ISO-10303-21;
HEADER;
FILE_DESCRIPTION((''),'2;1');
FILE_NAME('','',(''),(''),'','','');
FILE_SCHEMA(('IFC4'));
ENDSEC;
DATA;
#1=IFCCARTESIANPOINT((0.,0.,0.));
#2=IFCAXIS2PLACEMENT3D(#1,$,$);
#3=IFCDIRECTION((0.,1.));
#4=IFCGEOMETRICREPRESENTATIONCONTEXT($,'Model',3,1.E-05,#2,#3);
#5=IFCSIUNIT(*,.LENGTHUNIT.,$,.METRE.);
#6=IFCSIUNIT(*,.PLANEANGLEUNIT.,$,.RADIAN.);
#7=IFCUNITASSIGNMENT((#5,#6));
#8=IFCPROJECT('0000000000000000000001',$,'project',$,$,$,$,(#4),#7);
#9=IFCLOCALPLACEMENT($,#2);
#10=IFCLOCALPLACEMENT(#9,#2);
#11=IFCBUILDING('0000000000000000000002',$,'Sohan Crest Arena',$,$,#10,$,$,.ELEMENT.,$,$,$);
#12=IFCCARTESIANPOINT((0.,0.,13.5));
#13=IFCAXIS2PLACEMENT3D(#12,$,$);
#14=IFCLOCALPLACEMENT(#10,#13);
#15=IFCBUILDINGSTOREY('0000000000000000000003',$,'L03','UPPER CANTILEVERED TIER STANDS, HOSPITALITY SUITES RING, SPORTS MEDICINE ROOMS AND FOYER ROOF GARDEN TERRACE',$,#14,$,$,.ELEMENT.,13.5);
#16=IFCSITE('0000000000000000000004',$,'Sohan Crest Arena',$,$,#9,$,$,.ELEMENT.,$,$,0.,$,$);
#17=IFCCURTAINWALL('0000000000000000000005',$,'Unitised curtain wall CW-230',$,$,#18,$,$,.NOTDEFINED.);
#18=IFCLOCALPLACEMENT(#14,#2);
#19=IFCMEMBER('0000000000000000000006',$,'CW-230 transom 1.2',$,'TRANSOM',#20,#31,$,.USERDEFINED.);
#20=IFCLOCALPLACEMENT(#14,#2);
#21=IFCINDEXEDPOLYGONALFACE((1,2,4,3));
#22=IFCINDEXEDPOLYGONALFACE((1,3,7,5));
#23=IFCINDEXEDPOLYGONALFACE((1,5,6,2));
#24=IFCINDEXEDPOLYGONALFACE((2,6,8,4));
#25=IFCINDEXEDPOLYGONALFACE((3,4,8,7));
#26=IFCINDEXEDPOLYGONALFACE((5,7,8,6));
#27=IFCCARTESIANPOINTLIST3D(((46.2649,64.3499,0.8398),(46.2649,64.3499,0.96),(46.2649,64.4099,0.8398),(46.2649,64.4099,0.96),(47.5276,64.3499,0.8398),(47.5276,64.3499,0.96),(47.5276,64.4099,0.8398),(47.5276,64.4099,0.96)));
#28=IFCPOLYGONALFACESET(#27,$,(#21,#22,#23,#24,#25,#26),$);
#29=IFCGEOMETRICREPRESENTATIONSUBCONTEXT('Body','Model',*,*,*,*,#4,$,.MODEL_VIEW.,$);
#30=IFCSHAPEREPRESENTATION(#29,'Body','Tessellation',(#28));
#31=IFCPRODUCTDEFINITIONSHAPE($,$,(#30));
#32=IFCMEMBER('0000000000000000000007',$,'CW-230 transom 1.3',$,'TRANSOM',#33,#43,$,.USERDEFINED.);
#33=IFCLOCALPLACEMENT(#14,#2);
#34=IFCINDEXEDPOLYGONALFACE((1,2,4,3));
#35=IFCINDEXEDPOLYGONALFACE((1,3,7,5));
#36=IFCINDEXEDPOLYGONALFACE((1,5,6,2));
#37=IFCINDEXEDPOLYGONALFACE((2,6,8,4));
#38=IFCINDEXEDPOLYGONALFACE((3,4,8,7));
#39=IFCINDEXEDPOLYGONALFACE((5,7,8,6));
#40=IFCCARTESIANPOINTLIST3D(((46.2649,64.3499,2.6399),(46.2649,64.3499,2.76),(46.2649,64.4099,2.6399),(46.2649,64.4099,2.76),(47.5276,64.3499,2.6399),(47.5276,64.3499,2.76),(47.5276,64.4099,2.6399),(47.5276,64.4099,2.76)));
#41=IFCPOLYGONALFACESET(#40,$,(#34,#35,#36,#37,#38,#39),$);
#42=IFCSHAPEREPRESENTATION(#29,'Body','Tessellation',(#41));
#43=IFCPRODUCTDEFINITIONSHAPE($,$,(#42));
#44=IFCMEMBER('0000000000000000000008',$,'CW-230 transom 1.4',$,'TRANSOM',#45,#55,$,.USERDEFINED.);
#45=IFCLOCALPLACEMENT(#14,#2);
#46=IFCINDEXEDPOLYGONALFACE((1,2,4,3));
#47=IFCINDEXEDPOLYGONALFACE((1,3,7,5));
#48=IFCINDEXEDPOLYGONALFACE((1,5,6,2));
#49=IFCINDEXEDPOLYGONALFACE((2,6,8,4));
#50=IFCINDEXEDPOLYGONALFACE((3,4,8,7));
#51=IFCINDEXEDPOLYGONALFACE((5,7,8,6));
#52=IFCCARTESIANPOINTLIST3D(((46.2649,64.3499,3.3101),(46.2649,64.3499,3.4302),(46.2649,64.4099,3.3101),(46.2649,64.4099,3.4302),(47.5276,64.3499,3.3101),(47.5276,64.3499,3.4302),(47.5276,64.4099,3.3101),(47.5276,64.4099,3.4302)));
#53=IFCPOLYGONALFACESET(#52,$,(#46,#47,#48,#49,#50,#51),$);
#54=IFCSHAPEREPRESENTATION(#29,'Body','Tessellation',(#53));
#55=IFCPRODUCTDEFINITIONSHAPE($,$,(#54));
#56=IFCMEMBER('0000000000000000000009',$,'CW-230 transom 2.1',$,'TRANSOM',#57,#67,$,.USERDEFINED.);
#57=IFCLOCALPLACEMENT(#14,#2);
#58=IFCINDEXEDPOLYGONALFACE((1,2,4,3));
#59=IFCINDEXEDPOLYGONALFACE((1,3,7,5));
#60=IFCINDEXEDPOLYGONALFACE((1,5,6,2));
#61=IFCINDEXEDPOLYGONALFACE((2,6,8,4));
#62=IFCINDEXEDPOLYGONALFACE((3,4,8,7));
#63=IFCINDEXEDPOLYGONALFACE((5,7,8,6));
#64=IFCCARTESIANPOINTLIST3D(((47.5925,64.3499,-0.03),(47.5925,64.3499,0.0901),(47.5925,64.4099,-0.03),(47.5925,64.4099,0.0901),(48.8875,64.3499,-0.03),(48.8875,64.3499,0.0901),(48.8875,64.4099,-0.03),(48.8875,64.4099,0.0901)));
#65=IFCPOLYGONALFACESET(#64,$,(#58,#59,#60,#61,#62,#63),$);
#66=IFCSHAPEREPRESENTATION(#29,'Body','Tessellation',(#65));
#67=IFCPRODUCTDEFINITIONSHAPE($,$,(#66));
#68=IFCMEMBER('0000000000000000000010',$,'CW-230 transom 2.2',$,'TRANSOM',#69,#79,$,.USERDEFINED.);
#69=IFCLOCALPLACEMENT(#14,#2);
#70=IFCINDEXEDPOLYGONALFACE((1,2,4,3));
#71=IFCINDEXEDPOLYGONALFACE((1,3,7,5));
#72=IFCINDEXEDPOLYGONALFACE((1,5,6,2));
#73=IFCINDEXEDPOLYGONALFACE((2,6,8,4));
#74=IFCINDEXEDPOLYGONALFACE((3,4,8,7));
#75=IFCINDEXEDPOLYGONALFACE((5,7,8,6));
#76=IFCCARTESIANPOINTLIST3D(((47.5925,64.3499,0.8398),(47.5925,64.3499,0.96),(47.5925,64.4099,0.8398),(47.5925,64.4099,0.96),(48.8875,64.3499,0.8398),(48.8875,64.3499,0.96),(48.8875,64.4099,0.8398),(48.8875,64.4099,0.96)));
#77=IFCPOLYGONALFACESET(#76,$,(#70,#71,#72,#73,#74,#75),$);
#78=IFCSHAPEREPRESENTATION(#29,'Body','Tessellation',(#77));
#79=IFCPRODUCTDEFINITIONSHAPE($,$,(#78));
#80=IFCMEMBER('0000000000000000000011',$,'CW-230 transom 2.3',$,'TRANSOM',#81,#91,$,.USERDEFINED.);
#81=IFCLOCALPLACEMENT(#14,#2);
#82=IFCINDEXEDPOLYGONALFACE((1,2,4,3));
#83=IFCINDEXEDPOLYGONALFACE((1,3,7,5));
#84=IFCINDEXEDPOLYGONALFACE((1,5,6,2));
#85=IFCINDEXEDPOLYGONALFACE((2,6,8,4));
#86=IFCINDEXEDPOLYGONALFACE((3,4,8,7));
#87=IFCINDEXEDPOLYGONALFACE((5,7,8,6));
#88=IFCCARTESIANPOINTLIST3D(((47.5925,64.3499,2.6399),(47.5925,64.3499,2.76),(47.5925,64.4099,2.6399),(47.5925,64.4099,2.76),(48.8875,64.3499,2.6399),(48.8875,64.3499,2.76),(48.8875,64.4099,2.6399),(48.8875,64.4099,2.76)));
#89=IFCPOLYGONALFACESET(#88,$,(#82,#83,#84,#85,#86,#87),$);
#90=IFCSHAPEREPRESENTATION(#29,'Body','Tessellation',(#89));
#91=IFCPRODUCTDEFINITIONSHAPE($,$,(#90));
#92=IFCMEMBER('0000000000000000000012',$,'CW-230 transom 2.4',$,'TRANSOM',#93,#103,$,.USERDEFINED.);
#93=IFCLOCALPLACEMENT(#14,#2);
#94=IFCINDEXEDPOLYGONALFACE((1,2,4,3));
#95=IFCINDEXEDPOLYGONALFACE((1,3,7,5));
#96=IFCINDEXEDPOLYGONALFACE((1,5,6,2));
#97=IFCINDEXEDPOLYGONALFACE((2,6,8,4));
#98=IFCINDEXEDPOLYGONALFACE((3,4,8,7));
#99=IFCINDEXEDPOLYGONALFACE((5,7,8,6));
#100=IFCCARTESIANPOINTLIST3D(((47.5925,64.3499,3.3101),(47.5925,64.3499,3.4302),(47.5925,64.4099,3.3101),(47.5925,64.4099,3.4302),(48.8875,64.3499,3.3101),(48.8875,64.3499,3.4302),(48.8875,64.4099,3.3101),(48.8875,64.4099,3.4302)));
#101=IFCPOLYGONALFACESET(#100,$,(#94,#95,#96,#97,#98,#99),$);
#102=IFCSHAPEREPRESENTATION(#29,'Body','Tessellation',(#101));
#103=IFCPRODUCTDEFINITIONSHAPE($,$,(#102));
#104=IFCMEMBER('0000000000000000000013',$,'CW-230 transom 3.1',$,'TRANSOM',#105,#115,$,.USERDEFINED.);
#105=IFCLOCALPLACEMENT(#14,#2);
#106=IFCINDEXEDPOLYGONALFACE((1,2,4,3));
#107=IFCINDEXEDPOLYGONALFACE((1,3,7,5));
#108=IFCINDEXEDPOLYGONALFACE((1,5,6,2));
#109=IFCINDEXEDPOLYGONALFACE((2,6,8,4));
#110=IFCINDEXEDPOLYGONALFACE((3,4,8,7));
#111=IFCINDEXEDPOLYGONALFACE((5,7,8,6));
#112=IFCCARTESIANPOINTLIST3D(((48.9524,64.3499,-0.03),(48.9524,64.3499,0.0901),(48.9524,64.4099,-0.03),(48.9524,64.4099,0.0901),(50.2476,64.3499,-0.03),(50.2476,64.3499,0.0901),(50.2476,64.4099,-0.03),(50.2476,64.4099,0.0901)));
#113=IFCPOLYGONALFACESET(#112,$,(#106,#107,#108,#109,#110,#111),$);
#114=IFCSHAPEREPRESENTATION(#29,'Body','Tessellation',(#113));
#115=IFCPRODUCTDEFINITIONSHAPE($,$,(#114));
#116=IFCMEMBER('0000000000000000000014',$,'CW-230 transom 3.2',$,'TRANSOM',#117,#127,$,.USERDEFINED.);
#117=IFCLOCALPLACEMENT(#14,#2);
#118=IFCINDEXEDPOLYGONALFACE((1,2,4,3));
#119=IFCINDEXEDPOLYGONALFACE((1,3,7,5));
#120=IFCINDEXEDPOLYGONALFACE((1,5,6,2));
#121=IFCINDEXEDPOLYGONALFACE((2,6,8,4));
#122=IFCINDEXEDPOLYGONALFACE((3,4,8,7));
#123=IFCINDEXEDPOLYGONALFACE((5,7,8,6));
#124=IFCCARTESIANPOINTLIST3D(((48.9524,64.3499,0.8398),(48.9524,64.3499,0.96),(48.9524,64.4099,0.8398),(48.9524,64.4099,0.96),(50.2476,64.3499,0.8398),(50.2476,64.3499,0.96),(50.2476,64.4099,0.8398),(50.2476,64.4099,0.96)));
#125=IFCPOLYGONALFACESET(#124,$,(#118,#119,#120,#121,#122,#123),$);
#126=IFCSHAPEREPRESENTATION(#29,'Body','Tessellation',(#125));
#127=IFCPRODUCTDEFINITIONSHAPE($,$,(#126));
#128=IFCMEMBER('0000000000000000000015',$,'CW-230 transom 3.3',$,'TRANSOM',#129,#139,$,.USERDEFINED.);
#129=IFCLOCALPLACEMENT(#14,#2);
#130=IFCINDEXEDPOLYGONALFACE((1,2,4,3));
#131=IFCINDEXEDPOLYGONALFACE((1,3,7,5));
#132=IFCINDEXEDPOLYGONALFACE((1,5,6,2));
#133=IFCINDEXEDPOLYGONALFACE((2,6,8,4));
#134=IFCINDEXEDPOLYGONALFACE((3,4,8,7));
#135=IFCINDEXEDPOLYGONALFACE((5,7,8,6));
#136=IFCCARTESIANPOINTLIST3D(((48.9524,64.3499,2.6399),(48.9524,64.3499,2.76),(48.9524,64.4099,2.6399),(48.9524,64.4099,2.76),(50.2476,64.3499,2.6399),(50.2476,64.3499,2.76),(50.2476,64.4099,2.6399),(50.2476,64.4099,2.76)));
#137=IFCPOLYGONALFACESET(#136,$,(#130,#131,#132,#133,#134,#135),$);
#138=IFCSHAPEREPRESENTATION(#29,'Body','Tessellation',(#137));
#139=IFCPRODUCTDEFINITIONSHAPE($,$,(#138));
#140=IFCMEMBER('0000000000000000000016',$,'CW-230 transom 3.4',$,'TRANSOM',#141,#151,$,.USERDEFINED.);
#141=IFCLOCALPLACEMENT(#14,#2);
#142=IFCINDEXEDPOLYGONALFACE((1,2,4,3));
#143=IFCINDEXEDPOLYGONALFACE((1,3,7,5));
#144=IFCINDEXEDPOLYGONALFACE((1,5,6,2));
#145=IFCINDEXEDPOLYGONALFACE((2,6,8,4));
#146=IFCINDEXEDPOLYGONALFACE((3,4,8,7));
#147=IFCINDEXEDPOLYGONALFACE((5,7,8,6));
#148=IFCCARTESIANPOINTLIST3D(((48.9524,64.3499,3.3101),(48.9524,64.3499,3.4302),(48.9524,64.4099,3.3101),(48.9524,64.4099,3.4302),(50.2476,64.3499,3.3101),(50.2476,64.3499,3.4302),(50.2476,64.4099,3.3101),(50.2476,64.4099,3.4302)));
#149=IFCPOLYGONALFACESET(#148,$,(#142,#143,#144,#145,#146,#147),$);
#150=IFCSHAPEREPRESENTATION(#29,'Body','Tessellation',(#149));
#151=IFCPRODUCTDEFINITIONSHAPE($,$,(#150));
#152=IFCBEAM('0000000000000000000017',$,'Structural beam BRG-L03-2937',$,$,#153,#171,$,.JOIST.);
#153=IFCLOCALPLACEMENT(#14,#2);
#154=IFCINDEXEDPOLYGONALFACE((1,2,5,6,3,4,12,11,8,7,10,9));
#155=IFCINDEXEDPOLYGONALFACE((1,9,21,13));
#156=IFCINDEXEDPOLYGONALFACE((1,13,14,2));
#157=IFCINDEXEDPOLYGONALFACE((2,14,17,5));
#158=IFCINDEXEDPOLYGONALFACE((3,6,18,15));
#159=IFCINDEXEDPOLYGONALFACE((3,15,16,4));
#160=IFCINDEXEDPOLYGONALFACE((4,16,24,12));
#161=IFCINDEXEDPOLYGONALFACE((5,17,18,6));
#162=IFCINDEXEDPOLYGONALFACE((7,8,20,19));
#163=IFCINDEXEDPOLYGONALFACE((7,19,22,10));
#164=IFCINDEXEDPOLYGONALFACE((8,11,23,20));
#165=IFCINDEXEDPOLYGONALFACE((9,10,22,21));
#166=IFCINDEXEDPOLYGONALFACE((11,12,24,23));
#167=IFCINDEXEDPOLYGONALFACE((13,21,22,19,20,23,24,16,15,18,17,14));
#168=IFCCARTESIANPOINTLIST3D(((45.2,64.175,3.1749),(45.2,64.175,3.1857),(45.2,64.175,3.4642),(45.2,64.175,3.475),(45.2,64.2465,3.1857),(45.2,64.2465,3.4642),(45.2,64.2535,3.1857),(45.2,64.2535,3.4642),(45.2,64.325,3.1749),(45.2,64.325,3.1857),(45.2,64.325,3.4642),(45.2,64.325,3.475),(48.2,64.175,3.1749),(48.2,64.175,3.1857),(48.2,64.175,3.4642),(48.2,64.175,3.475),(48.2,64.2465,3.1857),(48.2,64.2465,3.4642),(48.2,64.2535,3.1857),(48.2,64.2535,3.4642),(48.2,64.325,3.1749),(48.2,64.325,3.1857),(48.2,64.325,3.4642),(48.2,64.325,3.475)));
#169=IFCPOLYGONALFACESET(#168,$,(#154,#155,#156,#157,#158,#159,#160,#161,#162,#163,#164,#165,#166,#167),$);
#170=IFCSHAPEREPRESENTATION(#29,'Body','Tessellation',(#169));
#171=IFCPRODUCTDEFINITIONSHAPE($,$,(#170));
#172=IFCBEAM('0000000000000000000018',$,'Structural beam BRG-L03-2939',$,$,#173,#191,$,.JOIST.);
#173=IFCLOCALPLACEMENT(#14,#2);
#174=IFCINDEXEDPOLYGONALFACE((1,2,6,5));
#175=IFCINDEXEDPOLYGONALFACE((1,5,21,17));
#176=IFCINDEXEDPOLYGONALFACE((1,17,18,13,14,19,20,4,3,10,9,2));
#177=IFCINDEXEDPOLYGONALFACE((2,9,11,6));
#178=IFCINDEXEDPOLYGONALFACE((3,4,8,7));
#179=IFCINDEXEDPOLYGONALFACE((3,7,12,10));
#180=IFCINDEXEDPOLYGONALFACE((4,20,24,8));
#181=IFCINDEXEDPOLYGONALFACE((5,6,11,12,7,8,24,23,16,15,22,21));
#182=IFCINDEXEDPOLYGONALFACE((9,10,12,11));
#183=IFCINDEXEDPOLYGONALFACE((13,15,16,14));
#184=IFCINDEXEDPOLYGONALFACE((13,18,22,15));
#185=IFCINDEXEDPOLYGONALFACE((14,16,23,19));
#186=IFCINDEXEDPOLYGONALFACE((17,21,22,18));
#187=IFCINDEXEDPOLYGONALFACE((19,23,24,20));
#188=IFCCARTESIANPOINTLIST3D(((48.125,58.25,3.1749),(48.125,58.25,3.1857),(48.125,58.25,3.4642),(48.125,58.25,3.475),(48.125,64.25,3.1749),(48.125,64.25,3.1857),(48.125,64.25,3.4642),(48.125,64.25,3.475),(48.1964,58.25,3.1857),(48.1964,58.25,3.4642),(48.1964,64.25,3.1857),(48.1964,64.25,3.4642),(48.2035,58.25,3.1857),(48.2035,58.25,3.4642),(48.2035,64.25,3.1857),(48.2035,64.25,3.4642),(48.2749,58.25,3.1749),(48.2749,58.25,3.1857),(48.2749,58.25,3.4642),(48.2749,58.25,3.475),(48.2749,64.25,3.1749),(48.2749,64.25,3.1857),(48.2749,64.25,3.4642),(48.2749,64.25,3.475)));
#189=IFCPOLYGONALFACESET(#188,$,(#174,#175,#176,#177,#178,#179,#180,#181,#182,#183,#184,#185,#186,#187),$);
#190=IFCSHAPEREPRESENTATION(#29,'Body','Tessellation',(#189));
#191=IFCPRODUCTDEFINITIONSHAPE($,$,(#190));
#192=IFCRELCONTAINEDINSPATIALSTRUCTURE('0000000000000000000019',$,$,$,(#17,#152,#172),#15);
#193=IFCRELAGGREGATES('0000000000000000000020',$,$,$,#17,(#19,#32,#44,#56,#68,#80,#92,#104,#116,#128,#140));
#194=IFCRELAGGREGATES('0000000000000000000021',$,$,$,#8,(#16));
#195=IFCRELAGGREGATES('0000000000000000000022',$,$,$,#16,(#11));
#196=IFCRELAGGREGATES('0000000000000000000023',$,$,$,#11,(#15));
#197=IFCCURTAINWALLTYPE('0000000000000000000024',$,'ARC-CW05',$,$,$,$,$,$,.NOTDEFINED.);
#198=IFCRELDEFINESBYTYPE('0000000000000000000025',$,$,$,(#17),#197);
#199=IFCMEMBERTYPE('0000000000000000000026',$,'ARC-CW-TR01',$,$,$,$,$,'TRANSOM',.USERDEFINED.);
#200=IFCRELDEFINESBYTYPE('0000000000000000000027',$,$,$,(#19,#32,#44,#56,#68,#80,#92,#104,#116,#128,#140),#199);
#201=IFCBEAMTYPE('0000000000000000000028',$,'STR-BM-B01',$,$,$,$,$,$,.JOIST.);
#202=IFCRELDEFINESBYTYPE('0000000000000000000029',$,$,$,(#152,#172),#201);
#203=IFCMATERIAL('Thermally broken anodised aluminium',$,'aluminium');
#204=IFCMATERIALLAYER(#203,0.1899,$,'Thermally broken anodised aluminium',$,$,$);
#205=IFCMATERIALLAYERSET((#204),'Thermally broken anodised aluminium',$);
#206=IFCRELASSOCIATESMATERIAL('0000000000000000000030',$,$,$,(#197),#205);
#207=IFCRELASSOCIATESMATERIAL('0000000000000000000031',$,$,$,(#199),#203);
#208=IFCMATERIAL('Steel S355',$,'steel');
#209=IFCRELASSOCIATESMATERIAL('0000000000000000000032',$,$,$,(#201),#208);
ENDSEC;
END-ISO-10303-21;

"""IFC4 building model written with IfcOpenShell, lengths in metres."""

from ifc_helpers import new_model, si_unit, direction, frame, origin, origin_2d, place, context, subcontext, project, spatial, rectangle, i_section, extrude, material, layer, layer_set, material_profile, profile_set, type_object, element, aggregate, save


model = new_model("IFC4")

# Units and contexts
model_context = context("Model", 3, precision=1e-05, world=origin(), true_north=direction((0.0, 1.0)))
body_context = subcontext(model_context, "Body", "Model", "MODEL_VIEW")
ifc_project = project(units=[si_unit("LENGTHUNIT", "METRE"), si_unit("PLANEANGLEUNIT", "RADIAN")], contexts=[model_context])

# Site, building, storey
site_placement = place(None, origin())
site = spatial("IfcSite", under=ifc_project, at=site_placement, Name="Sohan Crest Arena", CompositionType="ELEMENT", RefElevation=0.0)
building_placement = place(site_placement, origin())
building = spatial("IfcBuilding", under=site, at=building_placement, Name="Sohan Crest Arena", CompositionType="ELEMENT")
storey_placement = place(building_placement, frame((0.0, 0.0, 13.5)))
storey = spatial("IfcBuildingStorey", under=building, at=storey_placement, Name="L03", Description="UPPER CANTILEVERED TIER STANDS, HOSPITALITY SUITES RING, SPORTS MEDICINE ROOMS AND FOYER ROOF GARDEN TERRACE", CompositionType="ELEMENT", Elevation=13.5)

# Shared definitions
ifc_material_1 = material(Name="Steel S355", Category="steel")

# Curtain wall
ifc_material_2 = material(Name="Thermally broken anodised aluminium", Category="aluminium")
ifc_layer_1 = layer(ifc_material_2, 0.1899, Name="Thermally broken anodised aluminium")
ifc_layer_set_1 = layer_set([ifc_layer_1], Name="Thermally broken anodised aluminium")
curtain_wall_type = type_object("IfcCurtainWallType", Name="ARC-CW05", PredefinedType="NOTDEFINED", material=ifc_layer_set_1)
curtain_wall_1_placement = place(storey_placement, origin())
curtain_wall_1 = element("IfcCurtainWall", 1, at=curtain_wall_1_placement, inside=storey, type_object=curtain_wall_type, Name="Unitised curtain wall CW-230", PredefinedType="NOTDEFINED")
ifc_material_profile_1 = material_profile(ifc_material_2, rectangle(XDim=0.0601, YDim=0.1201, at=origin_2d()), Name="ALU-TRAN 60x120")
ifc_profile_set_1 = profile_set([ifc_material_profile_1], Name="Thermally broken anodised aluminium")
member_type_1 = type_object("IfcMemberType", Name="ARC-CW-TR01", ElementType="TRANSOM", PredefinedType="USERDEFINED", material=ifc_profile_set_1)

# Members
member_1_placement = place(storey_placement, frame((46.2649, 64.3799, 0.8999), z_axis=(1.0, 0.0, 0.0), x_axis=(0.0, 1.0, 0.0)))
member_1 = element("IfcMember", 2, at=member_1_placement, type_object=member_type_1, Name="CW-230 transom 1.2", ObjectType="TRANSOM", PredefinedType="USERDEFINED", context=body_context, shape_type="SweptSolid", body=[
    extrude(rectangle(XDim=0.0601, YDim=0.1201, at=origin_2d()), origin(), (0.0, 0.0, 1.0), 1.2627),
])
member_2_placement = place(storey_placement, frame((46.2649, 64.3799, 2.7), z_axis=(1.0, 0.0, 0.0), x_axis=(0.0, 1.0, 0.0)))
member_2 = element("IfcMember", 3, at=member_2_placement, type_object=member_type_1, Name="CW-230 transom 1.3", ObjectType="TRANSOM", PredefinedType="USERDEFINED", context=body_context, shape_type="SweptSolid", body=[
    extrude(rectangle(XDim=0.0601, YDim=0.1201, at=origin_2d()), origin(), (0.0, 0.0, 1.0), 1.2627),
])
member_3_placement = place(storey_placement, frame((46.2649, 64.3799, 3.3701), z_axis=(1.0, 0.0, 0.0), x_axis=(0.0, 1.0, 0.0)))
member_3 = element("IfcMember", 4, at=member_3_placement, type_object=member_type_1, Name="CW-230 transom 1.4", ObjectType="TRANSOM", PredefinedType="USERDEFINED", context=body_context, shape_type="SweptSolid", body=[
    extrude(rectangle(XDim=0.0601, YDim=0.1201, at=origin_2d()), origin(), (0.0, 0.0, 1.0), 1.2627),
])
member_4_placement = place(storey_placement, frame((47.5925, 64.3799, 0.03), z_axis=(1.0, 0.0, 0.0), x_axis=(0.0, 1.0, 0.0)))
member_4 = element("IfcMember", 5, at=member_4_placement, type_object=member_type_1, Name="CW-230 transom 2.1", ObjectType="TRANSOM", PredefinedType="USERDEFINED", context=body_context, shape_type="SweptSolid", body=[
    extrude(rectangle(XDim=0.0601, YDim=0.1201, at=origin_2d()), origin(), (0.0, 0.0, 1.0), 1.2949),
])
member_5_placement = place(storey_placement, frame((47.5925, 64.3799, 0.8999), z_axis=(1.0, 0.0, 0.0), x_axis=(0.0, 1.0, 0.0)))
member_5 = element("IfcMember", 6, at=member_5_placement, type_object=member_type_1, Name="CW-230 transom 2.2", ObjectType="TRANSOM", PredefinedType="USERDEFINED", context=body_context, shape_type="SweptSolid", body=[
    extrude(rectangle(XDim=0.0601, YDim=0.1201, at=origin_2d()), origin(), (0.0, 0.0, 1.0), 1.2949),
])
member_6_placement = place(storey_placement, frame((47.5925, 64.3799, 2.7), z_axis=(1.0, 0.0, 0.0), x_axis=(0.0, 1.0, 0.0)))
member_6 = element("IfcMember", 7, at=member_6_placement, type_object=member_type_1, Name="CW-230 transom 2.3", ObjectType="TRANSOM", PredefinedType="USERDEFINED", context=body_context, shape_type="SweptSolid", body=[
    extrude(rectangle(XDim=0.0601, YDim=0.1201, at=origin_2d()), origin(), (0.0, 0.0, 1.0), 1.2949),
])
member_7_placement = place(storey_placement, frame((47.5925, 64.3799, 3.3701), z_axis=(1.0, 0.0, 0.0), x_axis=(0.0, 1.0, 0.0)))
member_7 = element("IfcMember", 8, at=member_7_placement, type_object=member_type_1, Name="CW-230 transom 2.4", ObjectType="TRANSOM", PredefinedType="USERDEFINED", context=body_context, shape_type="SweptSolid", body=[
    extrude(rectangle(XDim=0.0601, YDim=0.1201, at=origin_2d()), origin(), (0.0, 0.0, 1.0), 1.2949),
])
member_8_placement = place(storey_placement, frame((48.9524, 64.3799, 0.03), z_axis=(1.0, 0.0, 0.0), x_axis=(0.0, 1.0, 0.0)))
member_8 = element("IfcMember", 9, at=member_8_placement, type_object=member_type_1, Name="CW-230 transom 3.1", ObjectType="TRANSOM", PredefinedType="USERDEFINED", context=body_context, shape_type="SweptSolid", body=[
    extrude(rectangle(XDim=0.0601, YDim=0.1201, at=origin_2d()), origin(), (0.0, 0.0, 1.0), 1.2952),
])
member_9_placement = place(storey_placement, frame((48.9524, 64.3799, 0.8999), z_axis=(1.0, 0.0, 0.0), x_axis=(0.0, 1.0, 0.0)))
member_9 = element("IfcMember", 10, at=member_9_placement, type_object=member_type_1, Name="CW-230 transom 3.2", ObjectType="TRANSOM", PredefinedType="USERDEFINED", context=body_context, shape_type="SweptSolid", body=[
    extrude(rectangle(XDim=0.0601, YDim=0.1201, at=origin_2d()), origin(), (0.0, 0.0, 1.0), 1.2952),
])
member_10_placement = place(storey_placement, frame((48.9524, 64.3799, 2.7), z_axis=(1.0, 0.0, 0.0), x_axis=(0.0, 1.0, 0.0)))
member_10 = element("IfcMember", 11, at=member_10_placement, type_object=member_type_1, Name="CW-230 transom 3.3", ObjectType="TRANSOM", PredefinedType="USERDEFINED", context=body_context, shape_type="SweptSolid", body=[
    extrude(rectangle(XDim=0.0601, YDim=0.1201, at=origin_2d()), origin(), (0.0, 0.0, 1.0), 1.2952),
])
member_11_placement = place(storey_placement, frame((48.9524, 64.3799, 3.3701), z_axis=(1.0, 0.0, 0.0), x_axis=(0.0, 1.0, 0.0)))
member_11 = element("IfcMember", 12, at=member_11_placement, type_object=member_type_1, Name="CW-230 transom 3.4", ObjectType="TRANSOM", PredefinedType="USERDEFINED", context=body_context, shape_type="SweptSolid", body=[
    extrude(rectangle(XDim=0.0601, YDim=0.1201, at=origin_2d()), origin(), (0.0, 0.0, 1.0), 1.2952),
])

# Beams
ifc_material_profile_2 = material_profile(ifc_material_1, i_section(OverallWidth=0.1499, OverallDepth=0.3, WebThickness=0.0071, FlangeThickness=0.0107, at=origin_2d()), Name="IPE 300")
ifc_profile_set_2 = profile_set([ifc_material_profile_2], Name="Steel S355")
beam_type_1 = type_object("IfcBeamType", Name="STR-BM-B01", PredefinedType="JOIST", material=ifc_profile_set_2)
beam_1_placement = place(storey_placement, frame((45.2, 64.25, 3.325), z_axis=(1.0, 0.0, 0.0), x_axis=(0.0, 1.0, 0.0)))
element("IfcBeam", 13, at=beam_1_placement, inside=storey, type_object=beam_type_1, Name="Structural beam BRG-L03-2937", PredefinedType="JOIST", context=body_context, shape_type="SweptSolid", body=[
    extrude(i_section(OverallWidth=0.1499, OverallDepth=0.3, WebThickness=0.0071, FlangeThickness=0.0107, at=origin_2d()), origin(), (0.0, 0.0, 1.0), 3.0),
])
beam_2_placement = place(storey_placement, frame((48.2, 58.25, 3.325), z_axis=(0.0, 1.0, 0.0), x_axis=(-1.0, 0.0, 0.0)))
element("IfcBeam", 14, at=beam_2_placement, inside=storey, type_object=beam_type_1, Name="Structural beam BRG-L03-2939", PredefinedType="JOIST", context=body_context, shape_type="SweptSolid", body=[
    extrude(i_section(OverallWidth=0.1499, OverallDepth=0.3, WebThickness=0.0071, FlangeThickness=0.0107, at=origin_2d()), origin(), (0.0, 0.0, 1.0), 6.0),
])

aggregate(curtain_wall_1, [member_1, member_2, member_3, member_4, member_5, member_6, member_7, member_8, member_9, member_10, member_11])

save(model, "model.ifc")
